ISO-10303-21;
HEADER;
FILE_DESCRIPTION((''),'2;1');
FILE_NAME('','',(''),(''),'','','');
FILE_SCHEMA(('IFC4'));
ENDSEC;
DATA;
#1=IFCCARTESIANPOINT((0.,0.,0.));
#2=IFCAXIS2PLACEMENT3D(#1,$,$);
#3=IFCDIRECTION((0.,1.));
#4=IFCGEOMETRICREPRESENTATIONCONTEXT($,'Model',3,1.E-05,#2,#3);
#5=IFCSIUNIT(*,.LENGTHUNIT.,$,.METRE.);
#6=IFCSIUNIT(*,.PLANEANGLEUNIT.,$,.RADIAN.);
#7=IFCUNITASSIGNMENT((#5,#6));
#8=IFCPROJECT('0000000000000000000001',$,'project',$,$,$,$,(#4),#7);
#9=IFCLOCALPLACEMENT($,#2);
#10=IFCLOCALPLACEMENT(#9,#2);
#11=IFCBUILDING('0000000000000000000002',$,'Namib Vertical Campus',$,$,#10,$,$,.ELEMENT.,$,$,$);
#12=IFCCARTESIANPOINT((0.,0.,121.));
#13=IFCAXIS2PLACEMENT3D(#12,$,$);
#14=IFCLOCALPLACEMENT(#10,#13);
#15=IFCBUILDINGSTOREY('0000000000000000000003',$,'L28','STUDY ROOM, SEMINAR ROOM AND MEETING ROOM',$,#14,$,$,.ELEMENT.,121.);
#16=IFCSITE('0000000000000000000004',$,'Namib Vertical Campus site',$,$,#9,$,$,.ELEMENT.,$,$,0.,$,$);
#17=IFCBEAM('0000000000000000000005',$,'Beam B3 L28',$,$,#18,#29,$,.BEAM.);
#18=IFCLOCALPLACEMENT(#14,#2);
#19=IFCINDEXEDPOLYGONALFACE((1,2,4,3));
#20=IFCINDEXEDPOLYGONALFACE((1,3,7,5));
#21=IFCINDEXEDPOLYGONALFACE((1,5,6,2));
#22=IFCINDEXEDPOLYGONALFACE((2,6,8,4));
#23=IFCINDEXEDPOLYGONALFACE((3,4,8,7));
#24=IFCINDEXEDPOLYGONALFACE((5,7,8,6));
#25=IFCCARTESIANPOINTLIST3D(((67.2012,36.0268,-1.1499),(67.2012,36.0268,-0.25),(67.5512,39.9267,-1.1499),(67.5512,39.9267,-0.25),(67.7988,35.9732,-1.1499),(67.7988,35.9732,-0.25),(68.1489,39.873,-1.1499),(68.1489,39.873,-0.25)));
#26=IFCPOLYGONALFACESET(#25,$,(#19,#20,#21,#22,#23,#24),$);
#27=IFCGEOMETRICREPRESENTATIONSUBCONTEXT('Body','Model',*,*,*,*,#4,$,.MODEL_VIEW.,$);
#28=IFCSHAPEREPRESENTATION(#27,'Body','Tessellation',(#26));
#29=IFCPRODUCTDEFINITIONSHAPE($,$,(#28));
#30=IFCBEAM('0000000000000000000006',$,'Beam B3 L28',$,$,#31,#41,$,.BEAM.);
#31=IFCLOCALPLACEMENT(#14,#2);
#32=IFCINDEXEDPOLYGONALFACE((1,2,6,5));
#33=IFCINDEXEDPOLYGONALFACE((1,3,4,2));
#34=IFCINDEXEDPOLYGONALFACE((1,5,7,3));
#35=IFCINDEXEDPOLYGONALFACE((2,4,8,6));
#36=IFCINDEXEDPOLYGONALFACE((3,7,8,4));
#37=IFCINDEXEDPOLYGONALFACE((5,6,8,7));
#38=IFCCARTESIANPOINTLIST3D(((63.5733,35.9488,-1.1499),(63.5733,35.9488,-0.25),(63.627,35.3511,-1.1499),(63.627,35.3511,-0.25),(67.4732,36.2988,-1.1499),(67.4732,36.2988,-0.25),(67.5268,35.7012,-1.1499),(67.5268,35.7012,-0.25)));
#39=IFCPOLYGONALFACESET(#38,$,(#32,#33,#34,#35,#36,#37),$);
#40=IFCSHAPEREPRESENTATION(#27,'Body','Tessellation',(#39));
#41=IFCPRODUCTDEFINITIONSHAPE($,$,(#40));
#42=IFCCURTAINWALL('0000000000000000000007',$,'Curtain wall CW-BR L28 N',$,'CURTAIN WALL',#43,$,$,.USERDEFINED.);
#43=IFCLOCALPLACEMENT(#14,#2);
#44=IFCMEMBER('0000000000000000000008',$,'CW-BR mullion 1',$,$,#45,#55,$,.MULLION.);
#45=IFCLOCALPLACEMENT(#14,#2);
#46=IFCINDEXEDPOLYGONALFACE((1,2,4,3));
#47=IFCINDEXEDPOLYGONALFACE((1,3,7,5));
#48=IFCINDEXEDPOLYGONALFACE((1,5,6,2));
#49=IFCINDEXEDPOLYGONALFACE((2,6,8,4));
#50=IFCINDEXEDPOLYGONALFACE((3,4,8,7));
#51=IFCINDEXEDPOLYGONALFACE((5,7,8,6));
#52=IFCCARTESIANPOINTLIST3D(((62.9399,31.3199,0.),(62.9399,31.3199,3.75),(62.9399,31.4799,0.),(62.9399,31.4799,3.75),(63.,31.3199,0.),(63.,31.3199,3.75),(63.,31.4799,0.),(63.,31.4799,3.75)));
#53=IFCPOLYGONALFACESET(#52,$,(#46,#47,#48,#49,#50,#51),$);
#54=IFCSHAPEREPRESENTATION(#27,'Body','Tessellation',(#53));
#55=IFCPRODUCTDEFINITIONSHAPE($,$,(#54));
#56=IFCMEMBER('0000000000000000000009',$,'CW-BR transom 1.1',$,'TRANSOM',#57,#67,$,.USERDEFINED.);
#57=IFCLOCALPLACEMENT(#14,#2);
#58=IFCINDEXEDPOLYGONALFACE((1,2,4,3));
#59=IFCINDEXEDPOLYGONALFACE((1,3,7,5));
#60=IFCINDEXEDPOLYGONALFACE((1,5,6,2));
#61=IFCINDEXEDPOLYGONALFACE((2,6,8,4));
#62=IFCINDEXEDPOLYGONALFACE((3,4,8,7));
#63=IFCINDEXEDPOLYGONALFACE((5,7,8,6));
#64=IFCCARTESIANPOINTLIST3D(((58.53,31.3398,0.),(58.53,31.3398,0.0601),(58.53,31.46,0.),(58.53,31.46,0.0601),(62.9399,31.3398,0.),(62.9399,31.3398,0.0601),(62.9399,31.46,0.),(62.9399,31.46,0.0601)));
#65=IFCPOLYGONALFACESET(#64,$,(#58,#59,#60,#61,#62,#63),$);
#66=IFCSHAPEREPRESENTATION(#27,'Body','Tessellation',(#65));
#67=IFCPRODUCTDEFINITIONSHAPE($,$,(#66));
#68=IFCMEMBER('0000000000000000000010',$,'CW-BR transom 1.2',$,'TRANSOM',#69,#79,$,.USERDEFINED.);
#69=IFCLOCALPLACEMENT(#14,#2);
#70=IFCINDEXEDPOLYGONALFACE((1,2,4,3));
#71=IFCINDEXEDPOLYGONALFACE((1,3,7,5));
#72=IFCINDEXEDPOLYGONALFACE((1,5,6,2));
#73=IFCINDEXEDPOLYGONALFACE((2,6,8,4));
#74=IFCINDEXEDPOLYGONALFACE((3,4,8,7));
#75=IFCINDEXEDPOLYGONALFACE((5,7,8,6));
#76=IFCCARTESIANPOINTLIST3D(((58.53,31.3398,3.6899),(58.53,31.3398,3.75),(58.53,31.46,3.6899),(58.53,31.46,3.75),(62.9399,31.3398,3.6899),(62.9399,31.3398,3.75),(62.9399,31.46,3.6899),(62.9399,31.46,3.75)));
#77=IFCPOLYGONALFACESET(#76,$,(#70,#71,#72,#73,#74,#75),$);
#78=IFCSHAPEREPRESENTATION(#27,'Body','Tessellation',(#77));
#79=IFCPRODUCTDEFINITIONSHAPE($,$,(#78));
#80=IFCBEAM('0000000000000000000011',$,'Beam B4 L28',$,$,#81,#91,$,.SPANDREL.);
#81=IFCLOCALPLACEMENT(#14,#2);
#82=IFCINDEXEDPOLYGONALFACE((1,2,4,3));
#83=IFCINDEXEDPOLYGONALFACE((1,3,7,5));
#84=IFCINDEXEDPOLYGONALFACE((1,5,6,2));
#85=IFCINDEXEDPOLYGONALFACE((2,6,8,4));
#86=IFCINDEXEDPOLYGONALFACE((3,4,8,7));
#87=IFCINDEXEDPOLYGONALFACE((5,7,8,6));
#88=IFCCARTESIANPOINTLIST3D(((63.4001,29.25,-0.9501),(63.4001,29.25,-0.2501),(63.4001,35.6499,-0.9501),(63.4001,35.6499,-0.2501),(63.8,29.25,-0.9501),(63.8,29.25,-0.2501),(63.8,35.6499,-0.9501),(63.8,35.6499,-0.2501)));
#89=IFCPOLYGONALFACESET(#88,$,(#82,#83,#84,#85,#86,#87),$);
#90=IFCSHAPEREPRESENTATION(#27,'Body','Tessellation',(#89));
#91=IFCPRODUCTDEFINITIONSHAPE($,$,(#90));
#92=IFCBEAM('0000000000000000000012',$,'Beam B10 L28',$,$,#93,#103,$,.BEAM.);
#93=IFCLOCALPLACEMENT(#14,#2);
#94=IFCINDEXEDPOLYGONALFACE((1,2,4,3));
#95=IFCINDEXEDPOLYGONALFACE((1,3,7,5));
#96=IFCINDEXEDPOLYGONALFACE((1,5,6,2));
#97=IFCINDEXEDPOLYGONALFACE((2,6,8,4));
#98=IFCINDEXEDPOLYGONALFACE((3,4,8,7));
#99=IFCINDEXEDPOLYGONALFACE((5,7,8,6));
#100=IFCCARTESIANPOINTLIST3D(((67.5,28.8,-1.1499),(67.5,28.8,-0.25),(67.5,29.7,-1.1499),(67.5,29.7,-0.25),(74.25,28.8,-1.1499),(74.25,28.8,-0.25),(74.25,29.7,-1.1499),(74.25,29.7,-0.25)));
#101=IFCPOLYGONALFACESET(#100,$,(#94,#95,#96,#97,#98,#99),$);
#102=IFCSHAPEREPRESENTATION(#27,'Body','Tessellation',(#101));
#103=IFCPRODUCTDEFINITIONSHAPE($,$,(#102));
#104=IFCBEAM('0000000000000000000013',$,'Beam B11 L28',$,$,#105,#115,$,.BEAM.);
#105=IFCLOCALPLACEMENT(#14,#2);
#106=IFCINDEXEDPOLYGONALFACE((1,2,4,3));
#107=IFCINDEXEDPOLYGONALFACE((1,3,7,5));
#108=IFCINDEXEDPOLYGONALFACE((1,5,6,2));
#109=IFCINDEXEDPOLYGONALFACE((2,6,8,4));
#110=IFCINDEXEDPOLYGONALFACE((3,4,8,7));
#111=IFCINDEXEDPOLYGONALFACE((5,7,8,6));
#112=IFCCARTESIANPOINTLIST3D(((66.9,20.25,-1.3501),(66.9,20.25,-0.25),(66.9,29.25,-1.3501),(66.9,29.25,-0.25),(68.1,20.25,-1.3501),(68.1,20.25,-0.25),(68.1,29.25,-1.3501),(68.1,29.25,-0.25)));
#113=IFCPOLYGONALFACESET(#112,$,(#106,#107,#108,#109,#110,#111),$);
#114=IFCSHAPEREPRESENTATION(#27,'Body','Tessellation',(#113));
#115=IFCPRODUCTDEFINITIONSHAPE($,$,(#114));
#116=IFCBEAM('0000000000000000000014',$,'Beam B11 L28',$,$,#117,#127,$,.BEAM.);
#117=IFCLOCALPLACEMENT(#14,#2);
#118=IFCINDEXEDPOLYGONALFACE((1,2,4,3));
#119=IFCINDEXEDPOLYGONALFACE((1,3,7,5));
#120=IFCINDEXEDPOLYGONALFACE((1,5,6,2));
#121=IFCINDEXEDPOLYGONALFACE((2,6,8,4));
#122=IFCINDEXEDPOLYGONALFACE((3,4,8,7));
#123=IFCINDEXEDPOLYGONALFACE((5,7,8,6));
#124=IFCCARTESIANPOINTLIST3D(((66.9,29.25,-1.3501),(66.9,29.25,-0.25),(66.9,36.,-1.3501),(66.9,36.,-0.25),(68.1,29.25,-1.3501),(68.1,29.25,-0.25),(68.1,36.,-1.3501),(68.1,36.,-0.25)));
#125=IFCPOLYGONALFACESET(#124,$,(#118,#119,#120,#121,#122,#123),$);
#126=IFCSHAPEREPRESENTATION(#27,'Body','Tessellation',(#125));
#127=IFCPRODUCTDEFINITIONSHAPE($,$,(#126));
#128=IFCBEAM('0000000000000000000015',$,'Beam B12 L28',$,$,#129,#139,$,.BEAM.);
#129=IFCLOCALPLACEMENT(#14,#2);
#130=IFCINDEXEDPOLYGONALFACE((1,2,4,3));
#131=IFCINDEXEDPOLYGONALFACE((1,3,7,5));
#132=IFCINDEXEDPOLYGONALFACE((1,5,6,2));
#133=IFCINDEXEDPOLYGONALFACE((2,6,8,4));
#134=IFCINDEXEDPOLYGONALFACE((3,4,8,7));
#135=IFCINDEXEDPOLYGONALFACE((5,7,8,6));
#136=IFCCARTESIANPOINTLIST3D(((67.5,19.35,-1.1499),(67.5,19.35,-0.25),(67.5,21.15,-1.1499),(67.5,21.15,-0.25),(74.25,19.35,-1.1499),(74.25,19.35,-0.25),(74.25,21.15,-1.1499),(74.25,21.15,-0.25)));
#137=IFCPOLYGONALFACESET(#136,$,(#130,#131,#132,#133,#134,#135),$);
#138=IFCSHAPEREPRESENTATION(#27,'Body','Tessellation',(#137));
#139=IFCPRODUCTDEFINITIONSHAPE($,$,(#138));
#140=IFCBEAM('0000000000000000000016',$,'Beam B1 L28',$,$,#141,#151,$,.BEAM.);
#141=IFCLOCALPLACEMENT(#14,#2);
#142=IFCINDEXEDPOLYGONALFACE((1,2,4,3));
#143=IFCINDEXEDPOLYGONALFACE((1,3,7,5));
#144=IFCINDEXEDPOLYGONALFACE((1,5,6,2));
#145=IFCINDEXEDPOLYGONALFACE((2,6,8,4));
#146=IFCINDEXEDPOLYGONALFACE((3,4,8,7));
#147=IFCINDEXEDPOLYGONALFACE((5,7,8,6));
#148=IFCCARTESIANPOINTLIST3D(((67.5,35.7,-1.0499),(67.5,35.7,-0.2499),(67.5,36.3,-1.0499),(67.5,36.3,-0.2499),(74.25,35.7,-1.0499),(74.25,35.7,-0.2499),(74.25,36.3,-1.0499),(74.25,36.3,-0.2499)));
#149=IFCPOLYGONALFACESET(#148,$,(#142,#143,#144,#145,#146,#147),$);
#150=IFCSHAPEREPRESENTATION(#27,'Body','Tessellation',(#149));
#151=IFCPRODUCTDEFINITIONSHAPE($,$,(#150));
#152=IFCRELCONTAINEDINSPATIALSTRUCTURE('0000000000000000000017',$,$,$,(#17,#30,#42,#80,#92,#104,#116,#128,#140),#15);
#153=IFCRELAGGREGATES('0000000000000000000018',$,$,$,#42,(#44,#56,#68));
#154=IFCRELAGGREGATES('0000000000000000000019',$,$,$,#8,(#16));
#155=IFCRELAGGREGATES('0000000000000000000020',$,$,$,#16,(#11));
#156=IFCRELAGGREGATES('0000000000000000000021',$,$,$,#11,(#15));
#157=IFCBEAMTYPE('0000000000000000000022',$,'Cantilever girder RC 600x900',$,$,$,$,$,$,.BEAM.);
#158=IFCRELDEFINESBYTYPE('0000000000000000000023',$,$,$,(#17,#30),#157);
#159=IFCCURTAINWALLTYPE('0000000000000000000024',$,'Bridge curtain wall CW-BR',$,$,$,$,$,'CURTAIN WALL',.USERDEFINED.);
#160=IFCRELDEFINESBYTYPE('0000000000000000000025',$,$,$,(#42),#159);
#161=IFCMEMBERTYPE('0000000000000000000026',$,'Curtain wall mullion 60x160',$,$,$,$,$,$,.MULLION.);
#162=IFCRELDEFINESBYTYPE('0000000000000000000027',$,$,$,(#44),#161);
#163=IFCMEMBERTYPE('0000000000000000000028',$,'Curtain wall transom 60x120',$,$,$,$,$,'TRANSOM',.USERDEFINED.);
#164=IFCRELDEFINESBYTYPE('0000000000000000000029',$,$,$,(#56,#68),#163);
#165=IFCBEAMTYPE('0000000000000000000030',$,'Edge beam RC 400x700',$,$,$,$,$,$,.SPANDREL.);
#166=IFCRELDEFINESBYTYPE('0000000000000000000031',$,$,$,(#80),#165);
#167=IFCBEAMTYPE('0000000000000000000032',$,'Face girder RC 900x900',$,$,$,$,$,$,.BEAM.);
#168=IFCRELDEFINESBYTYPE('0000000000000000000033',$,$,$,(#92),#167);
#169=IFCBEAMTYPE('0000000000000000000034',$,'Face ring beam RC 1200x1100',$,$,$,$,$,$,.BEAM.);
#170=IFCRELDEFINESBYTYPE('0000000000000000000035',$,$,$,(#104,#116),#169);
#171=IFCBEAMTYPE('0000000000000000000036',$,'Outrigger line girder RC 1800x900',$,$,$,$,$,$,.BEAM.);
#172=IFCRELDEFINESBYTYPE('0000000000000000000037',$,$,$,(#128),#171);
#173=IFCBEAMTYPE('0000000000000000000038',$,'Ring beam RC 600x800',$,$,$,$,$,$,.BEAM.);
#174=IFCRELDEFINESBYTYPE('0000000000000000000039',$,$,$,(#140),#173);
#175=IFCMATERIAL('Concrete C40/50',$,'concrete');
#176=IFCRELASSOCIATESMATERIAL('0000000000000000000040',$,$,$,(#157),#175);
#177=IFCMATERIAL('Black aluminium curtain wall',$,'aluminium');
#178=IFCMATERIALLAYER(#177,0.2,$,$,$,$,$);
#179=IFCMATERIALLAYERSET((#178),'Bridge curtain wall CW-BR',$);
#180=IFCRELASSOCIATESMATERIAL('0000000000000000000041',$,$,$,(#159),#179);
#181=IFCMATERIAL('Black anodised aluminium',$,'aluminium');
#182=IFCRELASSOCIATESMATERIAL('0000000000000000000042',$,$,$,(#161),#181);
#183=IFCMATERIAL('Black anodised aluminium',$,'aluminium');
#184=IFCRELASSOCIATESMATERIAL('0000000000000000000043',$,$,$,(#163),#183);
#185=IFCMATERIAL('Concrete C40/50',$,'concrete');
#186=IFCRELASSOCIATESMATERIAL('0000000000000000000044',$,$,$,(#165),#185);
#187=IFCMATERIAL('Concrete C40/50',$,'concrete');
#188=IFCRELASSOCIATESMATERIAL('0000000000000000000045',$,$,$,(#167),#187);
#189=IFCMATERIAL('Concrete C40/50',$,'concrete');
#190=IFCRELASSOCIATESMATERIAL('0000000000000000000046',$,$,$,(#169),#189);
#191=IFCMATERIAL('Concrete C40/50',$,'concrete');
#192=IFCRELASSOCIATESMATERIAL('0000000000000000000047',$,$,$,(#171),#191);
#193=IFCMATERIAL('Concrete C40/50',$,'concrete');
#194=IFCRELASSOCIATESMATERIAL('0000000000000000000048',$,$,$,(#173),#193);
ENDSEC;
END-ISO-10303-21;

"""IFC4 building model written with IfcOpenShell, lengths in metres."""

from ifc_helpers import new_model, si_unit, direction, frame, origin, origin_2d, place, context, subcontext, project, spatial, rectangle, extrude, material, layer, layer_set, material_profile, profile_set, type_object, element, aggregate, save


model = new_model("IFC4")

# Units and contexts
model_context = context("Model", 3, precision=1e-05, world=origin(), true_north=direction((0.0, 1.0)))
body_context = subcontext(model_context, "Body", "Model", "MODEL_VIEW")
ifc_project = project(units=[si_unit("LENGTHUNIT", "METRE"), si_unit("PLANEANGLEUNIT", "RADIAN")], contexts=[model_context])

# Site, building, storey
site_placement = place(None, origin())
site = spatial("IfcSite", under=ifc_project, at=site_placement, Name="Namib Vertical Campus site", CompositionType="ELEMENT", RefElevation=0.0)
building_placement = place(site_placement, origin())
building = spatial("IfcBuilding", under=site, at=building_placement, Name="Namib Vertical Campus", CompositionType="ELEMENT")
storey_placement = place(building_placement, frame((0.0, 0.0, 121.0)))
storey = spatial("IfcBuildingStorey", under=building, at=storey_placement, Name="L28", Description="STUDY ROOM, SEMINAR ROOM AND MEETING ROOM", CompositionType="ELEMENT", Elevation=121.0)

# Beams
ifc_material_1 = material(Name="Concrete C40/50", Category="concrete")
ifc_material_profile_1 = material_profile(ifc_material_1, rectangle(XDim=0.6001, YDim=0.8999, at=origin_2d()))
ifc_profile_set_1 = profile_set([ifc_material_profile_1], Name="Concrete C40/50")
beam_type_1 = type_object("IfcBeamType", Name="Cantilever girder RC 600x900", PredefinedType="BEAM", material=ifc_profile_set_1)
for number, where, z_axis, x_axis, name in (
    (1, (67.5, 36.0, -0.7), (0.089411, 0.995995, 0.0), (-0.995995, 0.089411, 0.0), "Beam B3 L28"),
    (2, (67.5, 36.0, -0.7), (-0.995995, -0.089411, 0.0), (0.089411, -0.995995, 0.0), "Beam B3 L28"),
):
    element("IfcBeam", number, at=place(storey_placement, frame(where, z_axis=z_axis, x_axis=x_axis)), inside=storey, type_object=beam_type_1, Name=name, PredefinedType="BEAM", context=body_context, shape_type="SweptSolid", body=[
        extrude(rectangle(XDim=0.6001, YDim=0.8999, at=origin_2d()), origin(), (0.0, 0.0, 1.0), 3.9155),
    ])

# Curtain wall, members
ifc_material_2 = material(Name="Black aluminium curtain wall", Category="aluminium")
ifc_layer_1 = layer(ifc_material_2, 0.2)
ifc_layer_set_1 = layer_set([ifc_layer_1], Name="Bridge curtain wall CW-BR")
curtain_wall_type = type_object("IfcCurtainWallType", Name="Bridge curtain wall CW-BR", ElementType="CURTAIN WALL", PredefinedType="USERDEFINED", material=ifc_layer_set_1)
curtain_wall_placement = place(storey_placement, origin())
curtain_wall = element("IfcCurtainWall", 3, at=curtain_wall_placement, inside=storey, type_object=curtain_wall_type, Name="Curtain wall CW-BR L28 N", ObjectType="CURTAIN WALL", PredefinedType="USERDEFINED")
ifc_material_3 = material(Name="Black anodised aluminium", Category="aluminium")
ifc_material_profile_2 = material_profile(ifc_material_3, rectangle(XDim=0.0601, YDim=0.1599, at=origin_2d()))
ifc_profile_set_2 = profile_set([ifc_material_profile_2], Name="Black anodised aluminium")
member_type_1 = type_object("IfcMemberType", Name="Curtain wall mullion 60x160", PredefinedType="MULLION", material=ifc_profile_set_2)
member_1_placement = place(storey_placement, frame((62.97, 31.3999, 0.0), z_axis=(0.0, 0.0, 1.0), x_axis=(-1.0, 0.0, 0.0)))
member_1 = element("IfcMember", 4, at=member_1_placement, type_object=member_type_1, Name="CW-BR mullion 1", PredefinedType="MULLION", context=body_context, shape_type="SweptSolid", body=[
    extrude(rectangle(XDim=0.0601, YDim=0.1599, at=origin_2d()), origin(), (0.0, 0.0, 1.0), 3.75),
])
ifc_material_4 = material(Name="Black anodised aluminium", Category="aluminium")
ifc_material_profile_3 = material_profile(ifc_material_4, rectangle(XDim=0.0601, YDim=0.1201, at=origin_2d()))
ifc_profile_set_3 = profile_set([ifc_material_profile_3], Name="Black anodised aluminium")
member_type_2 = type_object("IfcMemberType", Name="Curtain wall transom 60x120", ElementType="TRANSOM", PredefinedType="USERDEFINED", material=ifc_profile_set_3)
member_2_placement = place(storey_placement, frame((62.9399, 31.3999, 0.03), z_axis=(-1.0, 0.0, 0.0), x_axis=(0.0, 0.0, 1.0)))
member_2 = element("IfcMember", 5, at=member_2_placement, type_object=member_type_2, Name="CW-BR transom 1.1", ObjectType="TRANSOM", PredefinedType="USERDEFINED", context=body_context, shape_type="SweptSolid", body=[
    extrude(rectangle(XDim=0.0601, YDim=0.1201, at=origin_2d()), origin(), (0.0, 0.0, 1.0), 4.4099),
])
member_3_placement = place(storey_placement, frame((62.9399, 31.3999, 3.72), z_axis=(-1.0, 0.0, 0.0), x_axis=(0.0, 0.0, 1.0)))
member_3 = element("IfcMember", 6, at=member_3_placement, type_object=member_type_2, Name="CW-BR transom 1.2", ObjectType="TRANSOM", PredefinedType="USERDEFINED", context=body_context, shape_type="SweptSolid", body=[
    extrude(rectangle(XDim=0.0601, YDim=0.1201, at=origin_2d()), origin(), (0.0, 0.0, 1.0), 4.4099),
])
aggregate(curtain_wall, [member_1, member_2, member_3])

# Beams
ifc_material_5 = material(Name="Concrete C40/50", Category="concrete")
ifc_material_profile_4 = material_profile(ifc_material_5, rectangle(XDim=0.3999, YDim=0.7, at=origin_2d()))
ifc_profile_set_4 = profile_set([ifc_material_profile_4], Name="Concrete C40/50")
beam_type_2 = type_object("IfcBeamType", Name="Edge beam RC 400x700", PredefinedType="SPANDREL", material=ifc_profile_set_4)
beam_1_placement = place(storey_placement, frame((63.6001, 29.25, -0.6001), z_axis=(0.0, 1.0, 0.0), x_axis=(-1.0, 0.0, 0.0)))
element("IfcBeam", 7, at=beam_1_placement, inside=storey, type_object=beam_type_2, Name="Beam B4 L28", PredefinedType="SPANDREL", context=body_context, shape_type="SweptSolid", body=[
    extrude(rectangle(XDim=0.3999, YDim=0.7, at=origin_2d()), origin(), (0.0, 0.0, 1.0), 6.3999),
])
ifc_material_6 = material(Name="Concrete C40/50", Category="concrete")
ifc_material_profile_5 = material_profile(ifc_material_6, rectangle(XDim=0.8999, YDim=0.8999, at=origin_2d()))
ifc_profile_set_5 = profile_set([ifc_material_profile_5], Name="Concrete C40/50")
beam_type_3 = type_object("IfcBeamType", Name="Face girder RC 900x900", PredefinedType="BEAM", material=ifc_profile_set_5)
beam_2_placement = place(storey_placement, frame((67.5, 29.25, -0.7), z_axis=(1.0, 0.0, 0.0), x_axis=(0.0, 1.0, 0.0)))
element("IfcBeam", 8, at=beam_2_placement, inside=storey, type_object=beam_type_3, Name="Beam B10 L28", PredefinedType="BEAM", context=body_context, shape_type="SweptSolid", body=[
    extrude(rectangle(XDim=0.8999, YDim=0.8999, at=origin_2d()), origin(), (0.0, 0.0, 1.0), 6.75),
])
ifc_material_7 = material(Name="Concrete C40/50", Category="concrete")
ifc_material_profile_6 = material_profile(ifc_material_7, rectangle(XDim=1.2, YDim=1.1001, at=origin_2d()))
ifc_profile_set_6 = profile_set([ifc_material_profile_6], Name="Concrete C40/50")
beam_type_4 = type_object("IfcBeamType", Name="Face ring beam RC 1200x1100", PredefinedType="BEAM", material=ifc_profile_set_6)
beam_3_placement = place(storey_placement, frame((67.5, 20.25, -0.8), z_axis=(0.0, 1.0, 0.0), x_axis=(-1.0, 0.0, 0.0)))
element("IfcBeam", 9, at=beam_3_placement, inside=storey, type_object=beam_type_4, Name="Beam B11 L28", PredefinedType="BEAM", context=body_context, shape_type="SweptSolid", body=[
    extrude(rectangle(XDim=1.2, YDim=1.1001, at=origin_2d()), origin(), (0.0, 0.0, 1.0), 9.0),
])
beam_4_placement = place(storey_placement, frame((67.5, 29.25, -0.8), z_axis=(0.0, 1.0, 0.0), x_axis=(-1.0, 0.0, 0.0)))
element("IfcBeam", 10, at=beam_4_placement, inside=storey, type_object=beam_type_4, Name="Beam B11 L28", PredefinedType="BEAM", context=body_context, shape_type="SweptSolid", body=[
    extrude(rectangle(XDim=1.2, YDim=1.1001, at=origin_2d()), origin(), (0.0, 0.0, 1.0), 6.75),
])
ifc_material_8 = material(Name="Concrete C40/50", Category="concrete")
ifc_material_profile_7 = material_profile(ifc_material_8, rectangle(XDim=1.8, YDim=0.8999, at=origin_2d()))
ifc_profile_set_7 = profile_set([ifc_material_profile_7], Name="Concrete C40/50")
beam_type_5 = type_object("IfcBeamType", Name="Outrigger line girder RC 1800x900", PredefinedType="BEAM", material=ifc_profile_set_7)
beam_5_placement = place(storey_placement, frame((67.5, 20.25, -0.7), z_axis=(1.0, 0.0, 0.0), x_axis=(0.0, 1.0, 0.0)))
element("IfcBeam", 11, at=beam_5_placement, inside=storey, type_object=beam_type_5, Name="Beam B12 L28", PredefinedType="BEAM", context=body_context, shape_type="SweptSolid", body=[
    extrude(rectangle(XDim=1.8, YDim=0.8999, at=origin_2d()), origin(), (0.0, 0.0, 1.0), 6.75),
])
ifc_material_9 = material(Name="Concrete C40/50", Category="concrete")
ifc_material_profile_8 = material_profile(ifc_material_9, rectangle(XDim=0.6001, YDim=0.8, at=origin_2d()))
ifc_profile_set_8 = profile_set([ifc_material_profile_8], Name="Concrete C40/50")
beam_type_6 = type_object("IfcBeamType", Name="Ring beam RC 600x800", PredefinedType="BEAM", material=ifc_profile_set_8)
beam_6_placement = place(storey_placement, frame((67.5, 36.0, -0.6499), z_axis=(1.0, 0.0, 0.0), x_axis=(0.0, 1.0, 0.0)))
element("IfcBeam", 12, at=beam_6_placement, inside=storey, type_object=beam_type_6, Name="Beam B1 L28", PredefinedType="BEAM", context=body_context, shape_type="SweptSolid", body=[
    extrude(rectangle(XDim=0.6001, YDim=0.8, at=origin_2d()), origin(), (0.0, 0.0, 1.0), 6.75),
])

save(model, "model.ifc")
